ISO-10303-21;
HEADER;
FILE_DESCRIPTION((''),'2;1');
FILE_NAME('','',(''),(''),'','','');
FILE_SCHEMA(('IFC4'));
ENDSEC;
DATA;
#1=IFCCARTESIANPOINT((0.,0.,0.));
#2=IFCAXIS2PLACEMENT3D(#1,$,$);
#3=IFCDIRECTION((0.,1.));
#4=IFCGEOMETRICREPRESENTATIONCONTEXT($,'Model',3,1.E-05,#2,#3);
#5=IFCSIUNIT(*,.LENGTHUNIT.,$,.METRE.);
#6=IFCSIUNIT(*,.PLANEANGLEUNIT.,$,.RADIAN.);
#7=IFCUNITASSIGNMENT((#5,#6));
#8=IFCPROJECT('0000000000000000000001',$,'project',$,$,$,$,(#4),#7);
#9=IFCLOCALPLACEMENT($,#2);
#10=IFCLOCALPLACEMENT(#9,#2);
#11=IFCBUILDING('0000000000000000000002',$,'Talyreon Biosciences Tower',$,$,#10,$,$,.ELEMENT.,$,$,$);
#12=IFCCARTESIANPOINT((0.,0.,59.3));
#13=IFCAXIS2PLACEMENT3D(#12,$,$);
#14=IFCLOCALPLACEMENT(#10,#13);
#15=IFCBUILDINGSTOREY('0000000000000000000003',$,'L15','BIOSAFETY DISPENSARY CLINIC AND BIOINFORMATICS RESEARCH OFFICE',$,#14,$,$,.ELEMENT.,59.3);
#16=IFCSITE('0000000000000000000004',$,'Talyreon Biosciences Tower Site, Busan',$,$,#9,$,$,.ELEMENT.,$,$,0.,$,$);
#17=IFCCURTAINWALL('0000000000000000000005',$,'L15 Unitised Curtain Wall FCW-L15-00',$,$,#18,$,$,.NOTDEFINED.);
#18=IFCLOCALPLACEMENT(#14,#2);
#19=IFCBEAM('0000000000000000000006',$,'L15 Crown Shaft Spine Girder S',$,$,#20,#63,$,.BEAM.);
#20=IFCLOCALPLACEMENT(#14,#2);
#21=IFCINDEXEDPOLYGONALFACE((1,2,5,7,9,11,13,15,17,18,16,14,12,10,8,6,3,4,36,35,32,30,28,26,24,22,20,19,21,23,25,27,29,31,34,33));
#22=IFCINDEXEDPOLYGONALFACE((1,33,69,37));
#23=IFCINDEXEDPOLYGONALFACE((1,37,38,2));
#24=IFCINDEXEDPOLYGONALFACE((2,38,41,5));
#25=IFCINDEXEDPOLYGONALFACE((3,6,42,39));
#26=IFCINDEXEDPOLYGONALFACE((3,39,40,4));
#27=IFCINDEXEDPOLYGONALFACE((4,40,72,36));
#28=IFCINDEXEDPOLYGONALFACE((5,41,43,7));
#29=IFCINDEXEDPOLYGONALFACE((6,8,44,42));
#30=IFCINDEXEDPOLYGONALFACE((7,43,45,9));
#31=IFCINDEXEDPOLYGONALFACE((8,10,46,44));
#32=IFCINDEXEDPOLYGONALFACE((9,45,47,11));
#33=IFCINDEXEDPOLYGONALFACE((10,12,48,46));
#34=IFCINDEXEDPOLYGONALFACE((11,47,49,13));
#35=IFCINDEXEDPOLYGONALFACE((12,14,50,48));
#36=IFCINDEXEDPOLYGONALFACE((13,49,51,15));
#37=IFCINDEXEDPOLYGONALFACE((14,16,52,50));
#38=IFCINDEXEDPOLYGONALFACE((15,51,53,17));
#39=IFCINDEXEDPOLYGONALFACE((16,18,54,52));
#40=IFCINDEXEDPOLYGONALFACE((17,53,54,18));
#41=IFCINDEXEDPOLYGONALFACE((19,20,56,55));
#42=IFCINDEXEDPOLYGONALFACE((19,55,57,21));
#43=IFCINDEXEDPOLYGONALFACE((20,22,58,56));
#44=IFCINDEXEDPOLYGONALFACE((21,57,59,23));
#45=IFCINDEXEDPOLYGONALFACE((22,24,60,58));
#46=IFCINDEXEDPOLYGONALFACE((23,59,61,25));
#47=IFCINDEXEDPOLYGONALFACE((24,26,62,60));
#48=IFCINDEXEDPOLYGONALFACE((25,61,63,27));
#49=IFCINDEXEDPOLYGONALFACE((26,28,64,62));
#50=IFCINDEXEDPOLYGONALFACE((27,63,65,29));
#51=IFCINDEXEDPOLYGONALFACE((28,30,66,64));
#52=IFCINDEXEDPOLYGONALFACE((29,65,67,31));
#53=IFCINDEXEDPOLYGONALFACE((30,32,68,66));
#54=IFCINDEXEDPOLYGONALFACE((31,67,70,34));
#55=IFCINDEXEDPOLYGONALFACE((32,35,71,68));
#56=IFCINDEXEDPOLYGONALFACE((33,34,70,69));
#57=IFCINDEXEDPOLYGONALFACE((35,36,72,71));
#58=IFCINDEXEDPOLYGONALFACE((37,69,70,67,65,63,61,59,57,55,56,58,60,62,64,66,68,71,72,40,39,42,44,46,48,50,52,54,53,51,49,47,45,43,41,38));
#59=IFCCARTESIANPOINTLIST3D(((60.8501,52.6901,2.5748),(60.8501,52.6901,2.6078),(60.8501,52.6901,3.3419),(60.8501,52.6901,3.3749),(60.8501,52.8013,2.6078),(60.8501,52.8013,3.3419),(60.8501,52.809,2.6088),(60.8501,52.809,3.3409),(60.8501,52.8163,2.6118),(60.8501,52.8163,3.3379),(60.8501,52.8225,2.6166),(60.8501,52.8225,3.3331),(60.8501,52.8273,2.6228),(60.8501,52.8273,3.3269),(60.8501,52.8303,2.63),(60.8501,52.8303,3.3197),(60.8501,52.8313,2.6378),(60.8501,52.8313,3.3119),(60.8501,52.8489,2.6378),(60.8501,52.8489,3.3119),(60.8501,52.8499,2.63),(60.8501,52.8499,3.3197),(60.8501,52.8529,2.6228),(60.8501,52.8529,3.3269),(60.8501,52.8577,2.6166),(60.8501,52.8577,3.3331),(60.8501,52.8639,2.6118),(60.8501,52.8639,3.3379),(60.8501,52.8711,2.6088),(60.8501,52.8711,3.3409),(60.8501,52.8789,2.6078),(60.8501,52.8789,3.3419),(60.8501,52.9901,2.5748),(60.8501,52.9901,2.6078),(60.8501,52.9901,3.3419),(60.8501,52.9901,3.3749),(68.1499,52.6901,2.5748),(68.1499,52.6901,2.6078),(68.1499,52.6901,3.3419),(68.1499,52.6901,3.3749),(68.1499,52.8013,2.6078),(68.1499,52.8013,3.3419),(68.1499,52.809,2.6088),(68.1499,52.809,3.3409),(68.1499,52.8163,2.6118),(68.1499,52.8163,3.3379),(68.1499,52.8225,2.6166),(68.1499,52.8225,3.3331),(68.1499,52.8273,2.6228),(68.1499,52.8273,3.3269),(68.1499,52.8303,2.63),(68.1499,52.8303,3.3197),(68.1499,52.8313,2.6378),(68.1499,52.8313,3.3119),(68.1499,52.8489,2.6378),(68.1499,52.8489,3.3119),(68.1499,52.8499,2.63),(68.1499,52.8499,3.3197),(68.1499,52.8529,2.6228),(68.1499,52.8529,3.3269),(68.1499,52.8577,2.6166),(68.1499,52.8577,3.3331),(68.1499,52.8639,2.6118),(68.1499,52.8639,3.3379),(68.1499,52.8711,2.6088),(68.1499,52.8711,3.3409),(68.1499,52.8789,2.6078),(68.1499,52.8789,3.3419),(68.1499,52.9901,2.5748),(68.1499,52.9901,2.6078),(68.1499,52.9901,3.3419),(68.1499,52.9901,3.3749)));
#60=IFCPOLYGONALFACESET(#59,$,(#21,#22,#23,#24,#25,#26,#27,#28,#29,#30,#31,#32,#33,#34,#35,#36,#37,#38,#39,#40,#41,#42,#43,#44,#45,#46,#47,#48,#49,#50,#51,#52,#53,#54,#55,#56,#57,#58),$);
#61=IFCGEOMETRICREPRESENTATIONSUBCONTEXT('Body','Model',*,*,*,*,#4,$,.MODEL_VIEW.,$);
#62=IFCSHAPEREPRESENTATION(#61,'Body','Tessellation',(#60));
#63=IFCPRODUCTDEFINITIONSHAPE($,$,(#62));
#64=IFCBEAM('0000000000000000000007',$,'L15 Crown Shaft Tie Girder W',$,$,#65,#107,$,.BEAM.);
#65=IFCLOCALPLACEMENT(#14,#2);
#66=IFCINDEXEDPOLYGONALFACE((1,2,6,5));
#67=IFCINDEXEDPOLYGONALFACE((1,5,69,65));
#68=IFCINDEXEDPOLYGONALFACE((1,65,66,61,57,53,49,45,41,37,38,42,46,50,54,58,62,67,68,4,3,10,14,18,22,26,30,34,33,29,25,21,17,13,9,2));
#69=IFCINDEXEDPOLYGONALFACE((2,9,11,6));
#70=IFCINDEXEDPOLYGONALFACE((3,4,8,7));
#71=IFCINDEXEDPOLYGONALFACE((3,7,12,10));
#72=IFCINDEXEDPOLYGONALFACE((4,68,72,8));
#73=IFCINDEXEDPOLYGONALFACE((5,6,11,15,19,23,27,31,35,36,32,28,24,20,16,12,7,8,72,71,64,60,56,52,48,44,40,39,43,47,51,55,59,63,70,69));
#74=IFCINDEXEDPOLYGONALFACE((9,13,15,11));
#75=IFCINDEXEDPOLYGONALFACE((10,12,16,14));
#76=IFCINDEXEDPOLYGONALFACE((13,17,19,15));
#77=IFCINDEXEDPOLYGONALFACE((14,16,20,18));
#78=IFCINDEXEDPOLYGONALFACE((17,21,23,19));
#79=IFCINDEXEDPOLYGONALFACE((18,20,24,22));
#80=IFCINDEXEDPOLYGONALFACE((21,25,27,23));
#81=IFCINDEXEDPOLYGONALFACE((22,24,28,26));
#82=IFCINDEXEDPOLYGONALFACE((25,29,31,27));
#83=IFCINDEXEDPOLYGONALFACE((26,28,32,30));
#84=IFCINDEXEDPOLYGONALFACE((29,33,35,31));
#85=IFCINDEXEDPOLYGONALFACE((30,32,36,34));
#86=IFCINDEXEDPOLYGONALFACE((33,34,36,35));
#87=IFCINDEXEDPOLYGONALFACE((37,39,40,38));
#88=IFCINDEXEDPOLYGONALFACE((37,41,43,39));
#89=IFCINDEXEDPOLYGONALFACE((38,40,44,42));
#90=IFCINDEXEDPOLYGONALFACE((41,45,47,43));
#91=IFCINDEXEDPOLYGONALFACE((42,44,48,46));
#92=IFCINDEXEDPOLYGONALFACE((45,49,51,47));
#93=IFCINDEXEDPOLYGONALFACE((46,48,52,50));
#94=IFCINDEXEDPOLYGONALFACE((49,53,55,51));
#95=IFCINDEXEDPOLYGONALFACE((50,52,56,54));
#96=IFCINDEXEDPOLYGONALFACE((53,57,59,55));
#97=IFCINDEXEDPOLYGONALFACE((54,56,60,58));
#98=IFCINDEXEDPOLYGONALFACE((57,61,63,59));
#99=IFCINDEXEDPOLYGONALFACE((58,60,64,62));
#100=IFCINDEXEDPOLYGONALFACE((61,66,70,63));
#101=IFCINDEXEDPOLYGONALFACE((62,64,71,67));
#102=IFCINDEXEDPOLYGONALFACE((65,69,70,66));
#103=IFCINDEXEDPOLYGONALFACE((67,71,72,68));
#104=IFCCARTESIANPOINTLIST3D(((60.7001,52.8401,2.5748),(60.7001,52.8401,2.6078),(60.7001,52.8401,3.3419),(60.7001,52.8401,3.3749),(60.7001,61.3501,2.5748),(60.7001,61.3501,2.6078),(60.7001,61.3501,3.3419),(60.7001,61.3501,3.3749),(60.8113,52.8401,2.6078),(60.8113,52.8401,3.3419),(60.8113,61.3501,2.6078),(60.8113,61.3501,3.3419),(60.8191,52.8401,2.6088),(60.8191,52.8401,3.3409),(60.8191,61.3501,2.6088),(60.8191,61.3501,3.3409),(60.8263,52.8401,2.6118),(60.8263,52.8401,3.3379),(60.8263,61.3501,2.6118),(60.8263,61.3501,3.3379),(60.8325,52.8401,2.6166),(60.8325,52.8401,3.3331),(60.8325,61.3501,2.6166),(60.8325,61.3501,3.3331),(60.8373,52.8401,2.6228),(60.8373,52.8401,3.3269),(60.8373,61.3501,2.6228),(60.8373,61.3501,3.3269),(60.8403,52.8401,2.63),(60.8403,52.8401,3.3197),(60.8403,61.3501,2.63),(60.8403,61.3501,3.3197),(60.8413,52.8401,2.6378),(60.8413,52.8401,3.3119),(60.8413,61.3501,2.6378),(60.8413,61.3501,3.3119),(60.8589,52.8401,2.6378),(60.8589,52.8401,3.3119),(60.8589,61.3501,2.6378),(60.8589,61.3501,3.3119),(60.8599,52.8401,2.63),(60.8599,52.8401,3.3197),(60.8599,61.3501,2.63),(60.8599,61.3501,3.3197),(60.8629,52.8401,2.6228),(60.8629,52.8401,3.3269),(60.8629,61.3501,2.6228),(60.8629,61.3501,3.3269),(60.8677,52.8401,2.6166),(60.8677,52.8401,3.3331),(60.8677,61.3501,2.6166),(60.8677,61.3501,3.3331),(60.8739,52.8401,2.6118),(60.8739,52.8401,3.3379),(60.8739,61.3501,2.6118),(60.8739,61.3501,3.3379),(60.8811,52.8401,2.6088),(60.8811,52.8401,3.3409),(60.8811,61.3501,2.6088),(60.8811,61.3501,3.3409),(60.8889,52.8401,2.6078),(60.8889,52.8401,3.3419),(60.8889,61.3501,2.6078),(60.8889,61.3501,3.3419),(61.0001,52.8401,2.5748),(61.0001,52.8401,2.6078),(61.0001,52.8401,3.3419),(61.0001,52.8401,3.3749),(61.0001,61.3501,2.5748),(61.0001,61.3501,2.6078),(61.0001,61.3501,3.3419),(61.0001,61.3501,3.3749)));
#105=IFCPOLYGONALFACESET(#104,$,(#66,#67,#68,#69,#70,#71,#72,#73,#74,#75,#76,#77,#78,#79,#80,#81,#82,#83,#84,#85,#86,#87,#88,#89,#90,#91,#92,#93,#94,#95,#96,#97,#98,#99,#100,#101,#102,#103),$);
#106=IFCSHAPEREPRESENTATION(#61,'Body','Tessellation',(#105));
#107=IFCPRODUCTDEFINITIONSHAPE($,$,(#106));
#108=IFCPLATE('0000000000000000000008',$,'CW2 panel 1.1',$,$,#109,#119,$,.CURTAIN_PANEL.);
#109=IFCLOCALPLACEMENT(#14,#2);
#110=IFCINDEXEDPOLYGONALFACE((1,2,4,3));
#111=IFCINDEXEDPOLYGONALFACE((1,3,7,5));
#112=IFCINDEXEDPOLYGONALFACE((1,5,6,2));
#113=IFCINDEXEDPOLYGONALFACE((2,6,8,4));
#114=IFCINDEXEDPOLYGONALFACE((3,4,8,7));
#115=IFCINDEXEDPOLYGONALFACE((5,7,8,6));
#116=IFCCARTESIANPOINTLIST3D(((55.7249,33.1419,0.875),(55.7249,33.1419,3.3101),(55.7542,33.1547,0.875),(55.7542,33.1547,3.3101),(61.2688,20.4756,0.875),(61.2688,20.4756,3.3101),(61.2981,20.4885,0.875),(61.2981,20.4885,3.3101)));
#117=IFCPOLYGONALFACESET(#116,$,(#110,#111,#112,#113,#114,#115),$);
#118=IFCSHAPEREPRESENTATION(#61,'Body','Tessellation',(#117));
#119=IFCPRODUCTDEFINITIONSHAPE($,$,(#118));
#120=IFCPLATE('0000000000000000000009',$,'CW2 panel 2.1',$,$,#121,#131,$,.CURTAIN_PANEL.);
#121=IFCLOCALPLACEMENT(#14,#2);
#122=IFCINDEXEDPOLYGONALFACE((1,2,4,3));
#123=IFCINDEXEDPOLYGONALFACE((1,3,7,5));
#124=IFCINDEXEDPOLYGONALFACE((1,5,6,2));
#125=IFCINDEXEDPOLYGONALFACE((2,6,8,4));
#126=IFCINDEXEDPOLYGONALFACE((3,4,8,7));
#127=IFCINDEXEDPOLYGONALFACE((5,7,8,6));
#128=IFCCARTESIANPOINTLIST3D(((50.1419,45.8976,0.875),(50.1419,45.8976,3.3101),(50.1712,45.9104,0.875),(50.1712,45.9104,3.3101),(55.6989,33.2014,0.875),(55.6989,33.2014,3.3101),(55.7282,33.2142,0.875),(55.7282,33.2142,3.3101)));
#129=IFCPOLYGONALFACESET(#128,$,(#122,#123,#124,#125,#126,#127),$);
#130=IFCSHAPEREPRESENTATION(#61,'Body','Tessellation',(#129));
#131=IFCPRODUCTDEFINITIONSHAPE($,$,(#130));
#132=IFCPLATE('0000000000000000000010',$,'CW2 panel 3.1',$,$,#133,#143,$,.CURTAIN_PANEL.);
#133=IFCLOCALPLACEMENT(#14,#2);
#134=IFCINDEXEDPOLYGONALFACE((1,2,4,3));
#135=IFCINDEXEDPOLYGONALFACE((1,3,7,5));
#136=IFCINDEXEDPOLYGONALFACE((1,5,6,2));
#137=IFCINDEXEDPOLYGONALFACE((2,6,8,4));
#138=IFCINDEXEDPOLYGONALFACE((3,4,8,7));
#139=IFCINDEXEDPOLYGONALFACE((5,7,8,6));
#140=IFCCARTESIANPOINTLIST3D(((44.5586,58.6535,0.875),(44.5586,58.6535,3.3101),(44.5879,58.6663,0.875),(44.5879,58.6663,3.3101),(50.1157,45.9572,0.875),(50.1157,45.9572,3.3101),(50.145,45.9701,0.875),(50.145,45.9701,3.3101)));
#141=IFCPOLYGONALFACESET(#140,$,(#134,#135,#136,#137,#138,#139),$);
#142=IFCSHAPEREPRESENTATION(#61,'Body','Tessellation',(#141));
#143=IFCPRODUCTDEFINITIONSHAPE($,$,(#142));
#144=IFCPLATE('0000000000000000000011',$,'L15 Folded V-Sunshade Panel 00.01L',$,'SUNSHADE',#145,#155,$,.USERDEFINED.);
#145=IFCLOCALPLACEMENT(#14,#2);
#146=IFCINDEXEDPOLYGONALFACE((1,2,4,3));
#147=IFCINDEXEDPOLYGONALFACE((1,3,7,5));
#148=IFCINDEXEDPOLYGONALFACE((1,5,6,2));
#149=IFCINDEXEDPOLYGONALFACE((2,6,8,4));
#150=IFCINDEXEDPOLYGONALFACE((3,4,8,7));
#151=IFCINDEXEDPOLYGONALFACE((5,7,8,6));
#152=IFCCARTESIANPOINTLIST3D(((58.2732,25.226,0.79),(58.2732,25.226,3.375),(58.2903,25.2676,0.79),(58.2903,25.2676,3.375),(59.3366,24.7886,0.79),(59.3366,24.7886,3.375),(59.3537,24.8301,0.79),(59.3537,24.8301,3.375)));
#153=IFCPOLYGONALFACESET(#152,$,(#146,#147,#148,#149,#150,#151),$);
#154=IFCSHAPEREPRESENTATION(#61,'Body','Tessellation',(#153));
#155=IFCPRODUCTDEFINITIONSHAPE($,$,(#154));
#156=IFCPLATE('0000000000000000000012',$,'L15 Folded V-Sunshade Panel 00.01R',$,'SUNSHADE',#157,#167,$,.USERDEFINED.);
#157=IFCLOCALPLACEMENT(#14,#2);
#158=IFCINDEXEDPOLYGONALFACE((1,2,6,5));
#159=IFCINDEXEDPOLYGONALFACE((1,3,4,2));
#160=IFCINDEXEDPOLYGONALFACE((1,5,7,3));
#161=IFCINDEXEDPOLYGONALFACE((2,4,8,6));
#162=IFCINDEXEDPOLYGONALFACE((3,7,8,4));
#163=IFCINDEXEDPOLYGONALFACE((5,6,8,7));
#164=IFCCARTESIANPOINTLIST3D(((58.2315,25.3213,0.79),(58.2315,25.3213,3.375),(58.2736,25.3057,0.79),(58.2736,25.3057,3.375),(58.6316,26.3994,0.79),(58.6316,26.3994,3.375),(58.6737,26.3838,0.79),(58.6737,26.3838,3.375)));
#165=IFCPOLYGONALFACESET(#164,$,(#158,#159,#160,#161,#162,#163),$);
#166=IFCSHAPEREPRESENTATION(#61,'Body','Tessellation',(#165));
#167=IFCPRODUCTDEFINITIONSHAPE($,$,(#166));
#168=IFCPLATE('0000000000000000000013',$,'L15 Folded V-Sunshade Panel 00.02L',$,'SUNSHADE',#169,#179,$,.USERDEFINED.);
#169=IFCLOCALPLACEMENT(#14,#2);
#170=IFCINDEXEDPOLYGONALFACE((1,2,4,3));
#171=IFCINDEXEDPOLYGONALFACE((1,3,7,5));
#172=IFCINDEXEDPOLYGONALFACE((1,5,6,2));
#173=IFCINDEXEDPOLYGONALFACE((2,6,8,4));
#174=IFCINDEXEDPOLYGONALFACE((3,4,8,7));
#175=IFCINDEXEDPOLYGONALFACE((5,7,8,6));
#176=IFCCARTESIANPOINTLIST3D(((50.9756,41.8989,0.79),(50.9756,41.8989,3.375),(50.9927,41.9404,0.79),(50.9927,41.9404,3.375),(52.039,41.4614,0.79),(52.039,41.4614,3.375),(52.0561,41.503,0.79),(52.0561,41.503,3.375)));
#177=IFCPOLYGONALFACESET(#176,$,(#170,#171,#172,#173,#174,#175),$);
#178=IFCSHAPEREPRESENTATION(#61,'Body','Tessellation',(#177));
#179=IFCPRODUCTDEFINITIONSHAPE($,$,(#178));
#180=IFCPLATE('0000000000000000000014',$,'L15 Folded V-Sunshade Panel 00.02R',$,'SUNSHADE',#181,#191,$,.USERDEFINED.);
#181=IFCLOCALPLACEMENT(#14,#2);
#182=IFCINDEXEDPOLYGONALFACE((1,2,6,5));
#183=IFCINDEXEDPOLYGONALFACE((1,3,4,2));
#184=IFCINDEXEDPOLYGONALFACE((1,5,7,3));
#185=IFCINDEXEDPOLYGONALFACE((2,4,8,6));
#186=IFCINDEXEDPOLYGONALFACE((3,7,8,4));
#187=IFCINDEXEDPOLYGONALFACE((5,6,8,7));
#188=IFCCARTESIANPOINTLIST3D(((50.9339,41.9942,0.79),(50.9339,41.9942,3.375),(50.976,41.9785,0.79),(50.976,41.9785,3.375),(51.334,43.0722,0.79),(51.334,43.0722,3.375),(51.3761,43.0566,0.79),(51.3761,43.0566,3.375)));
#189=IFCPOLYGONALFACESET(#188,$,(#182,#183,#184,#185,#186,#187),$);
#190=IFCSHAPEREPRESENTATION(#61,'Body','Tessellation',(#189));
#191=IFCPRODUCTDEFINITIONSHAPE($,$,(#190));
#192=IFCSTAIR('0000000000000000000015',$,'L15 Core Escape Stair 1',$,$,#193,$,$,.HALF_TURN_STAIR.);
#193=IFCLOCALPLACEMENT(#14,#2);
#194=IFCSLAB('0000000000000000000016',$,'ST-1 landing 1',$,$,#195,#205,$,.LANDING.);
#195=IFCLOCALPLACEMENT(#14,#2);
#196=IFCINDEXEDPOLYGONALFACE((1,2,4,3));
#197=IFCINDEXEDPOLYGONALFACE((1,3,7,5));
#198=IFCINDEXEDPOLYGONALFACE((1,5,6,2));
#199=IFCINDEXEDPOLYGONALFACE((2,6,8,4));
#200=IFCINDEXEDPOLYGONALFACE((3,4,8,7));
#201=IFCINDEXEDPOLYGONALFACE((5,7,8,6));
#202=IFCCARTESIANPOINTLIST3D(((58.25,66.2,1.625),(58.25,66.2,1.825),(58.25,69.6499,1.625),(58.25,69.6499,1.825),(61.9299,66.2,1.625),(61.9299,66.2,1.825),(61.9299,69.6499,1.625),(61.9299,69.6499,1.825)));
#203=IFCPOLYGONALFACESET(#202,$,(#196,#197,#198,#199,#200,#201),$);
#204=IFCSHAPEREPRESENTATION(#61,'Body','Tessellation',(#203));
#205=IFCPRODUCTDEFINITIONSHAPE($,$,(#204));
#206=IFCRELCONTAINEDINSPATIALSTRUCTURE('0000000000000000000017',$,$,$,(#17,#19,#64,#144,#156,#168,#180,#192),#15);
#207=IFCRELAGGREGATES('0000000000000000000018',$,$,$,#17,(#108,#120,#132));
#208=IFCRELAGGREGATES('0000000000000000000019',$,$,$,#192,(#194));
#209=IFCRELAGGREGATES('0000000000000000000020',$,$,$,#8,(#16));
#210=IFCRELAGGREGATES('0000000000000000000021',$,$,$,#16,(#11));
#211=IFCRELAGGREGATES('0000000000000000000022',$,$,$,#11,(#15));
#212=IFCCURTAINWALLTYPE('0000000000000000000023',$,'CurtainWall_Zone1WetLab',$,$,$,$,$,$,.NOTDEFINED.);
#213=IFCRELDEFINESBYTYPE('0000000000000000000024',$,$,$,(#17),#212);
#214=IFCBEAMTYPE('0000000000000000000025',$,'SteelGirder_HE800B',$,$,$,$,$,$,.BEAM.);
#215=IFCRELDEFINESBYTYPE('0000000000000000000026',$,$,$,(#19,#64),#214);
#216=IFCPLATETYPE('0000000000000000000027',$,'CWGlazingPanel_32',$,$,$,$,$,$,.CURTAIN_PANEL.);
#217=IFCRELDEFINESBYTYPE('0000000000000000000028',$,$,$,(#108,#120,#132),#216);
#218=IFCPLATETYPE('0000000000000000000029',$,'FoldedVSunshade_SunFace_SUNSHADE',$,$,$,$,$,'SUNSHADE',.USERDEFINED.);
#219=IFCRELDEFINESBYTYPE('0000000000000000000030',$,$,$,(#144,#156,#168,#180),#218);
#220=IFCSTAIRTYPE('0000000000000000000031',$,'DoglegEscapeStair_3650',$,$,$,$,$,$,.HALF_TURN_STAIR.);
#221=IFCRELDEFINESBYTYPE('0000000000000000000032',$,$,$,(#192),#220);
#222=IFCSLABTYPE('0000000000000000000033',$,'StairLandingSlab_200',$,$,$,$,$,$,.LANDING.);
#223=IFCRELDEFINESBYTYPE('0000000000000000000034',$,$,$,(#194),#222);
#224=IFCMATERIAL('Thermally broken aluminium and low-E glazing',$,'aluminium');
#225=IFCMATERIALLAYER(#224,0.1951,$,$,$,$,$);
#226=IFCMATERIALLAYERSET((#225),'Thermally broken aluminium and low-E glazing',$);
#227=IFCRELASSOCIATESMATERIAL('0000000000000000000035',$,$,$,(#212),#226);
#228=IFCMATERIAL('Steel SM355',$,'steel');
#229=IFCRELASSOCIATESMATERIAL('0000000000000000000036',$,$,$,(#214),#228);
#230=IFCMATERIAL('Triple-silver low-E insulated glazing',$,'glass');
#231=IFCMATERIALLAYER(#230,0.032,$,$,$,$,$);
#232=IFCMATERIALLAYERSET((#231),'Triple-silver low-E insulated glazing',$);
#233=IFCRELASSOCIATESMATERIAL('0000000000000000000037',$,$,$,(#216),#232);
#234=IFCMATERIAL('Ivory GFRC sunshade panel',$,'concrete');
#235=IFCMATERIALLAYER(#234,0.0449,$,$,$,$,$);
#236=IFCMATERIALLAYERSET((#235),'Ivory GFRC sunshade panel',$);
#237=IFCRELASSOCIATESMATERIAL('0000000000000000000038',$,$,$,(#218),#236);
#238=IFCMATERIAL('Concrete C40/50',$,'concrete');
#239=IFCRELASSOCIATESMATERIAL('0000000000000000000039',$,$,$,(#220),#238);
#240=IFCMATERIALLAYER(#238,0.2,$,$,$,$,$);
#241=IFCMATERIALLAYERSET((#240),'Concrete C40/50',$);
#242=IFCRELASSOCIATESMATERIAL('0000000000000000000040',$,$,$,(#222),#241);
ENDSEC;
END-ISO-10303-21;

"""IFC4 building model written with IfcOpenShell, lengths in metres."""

from ifc_helpers import new_model, si_unit, direction, frame, origin, origin_2d, place, context, subcontext, project, spatial, polyline, rectangle, i_section, outline, extrude, material, layer, layer_set, material_profile, profile_set, type_object, element, aggregate, save


model = new_model("IFC4")

# Units and contexts
model_context = context("Model", 3, precision=1e-05, world=origin(), true_north=direction((0.0, 1.0)))
body_context = subcontext(model_context, "Body", "Model", "MODEL_VIEW")
ifc_project = project(units=[si_unit("LENGTHUNIT", "METRE"), si_unit("PLANEANGLEUNIT", "RADIAN")], contexts=[model_context])

# Site, building, storey
site_placement = place(None, origin())
site = spatial("IfcSite", under=ifc_project, at=site_placement, Name="Talyreon Biosciences Tower Site, Busan", CompositionType="ELEMENT", RefElevation=0.0)
building_placement = place(site_placement, origin())
building = spatial("IfcBuilding", under=site, at=building_placement, Name="Talyreon Biosciences Tower", CompositionType="ELEMENT")
storey_placement = place(building_placement, frame((0.0, 0.0, 59.3)))
storey = spatial("IfcBuildingStorey", under=building, at=storey_placement, Name="L15", Description="BIOSAFETY DISPENSARY CLINIC AND BIOINFORMATICS RESEARCH OFFICE", CompositionType="ELEMENT", Elevation=59.3)

# Curtain wall
ifc_material_1 = material(Name="Thermally broken aluminium and low-E glazing", Category="aluminium")
ifc_layer_1 = layer(ifc_material_1, 0.1951)
ifc_layer_set_1 = layer_set([ifc_layer_1], Name="Thermally broken aluminium and low-E glazing")
curtain_wall_type = type_object("IfcCurtainWallType", Name="CurtainWall_Zone1WetLab", PredefinedType="NOTDEFINED", material=ifc_layer_set_1)
curtain_wall_placement = place(storey_placement, origin())
curtain_wall = element("IfcCurtainWall", 1, at=curtain_wall_placement, inside=storey, type_object=curtain_wall_type, Name="L15 Unitised Curtain Wall FCW-L15-00", PredefinedType="NOTDEFINED")

# Beams
ifc_material_2 = material(Name="Steel SM355", Category="steel")
ifc_material_profile_1 = material_profile(ifc_material_2, i_section(OverallWidth=0.3, OverallDepth=0.8, WebThickness=0.0176, FlangeThickness=0.033, FilletRadius=0.03, at=origin_2d()), Name="HE800B")
ifc_profile_set_1 = profile_set([ifc_material_profile_1], Name="Steel SM355")
beam_type_1 = type_object("IfcBeamType", Name="SteelGirder_HE800B", PredefinedType="BEAM", material=ifc_profile_set_1)
beam_1_placement = place(storey_placement, frame((60.8501, 52.8401, 2.9749), z_axis=(1.0, 0.0, 0.0), x_axis=(0.0, 1.0, 0.0)))
element("IfcBeam", 2, at=beam_1_placement, inside=storey, type_object=beam_type_1, Name="L15 Crown Shaft Spine Girder S", PredefinedType="BEAM", context=body_context, shape_type="SweptSolid", body=[
    extrude(i_section(OverallWidth=0.3, OverallDepth=0.8, WebThickness=0.0176, FlangeThickness=0.033, FilletRadius=0.03, at=origin_2d()), origin(), (0.0, 0.0, 1.0), 7.2998),
])
beam_2_placement = place(storey_placement, frame((60.8501, 52.8401, 2.9749), z_axis=(0.0, 1.0, 0.0), x_axis=(-1.0, 0.0, 0.0)))
element("IfcBeam", 3, at=beam_2_placement, inside=storey, type_object=beam_type_1, Name="L15 Crown Shaft Tie Girder W", PredefinedType="BEAM", context=body_context, shape_type="SweptSolid", body=[
    extrude(i_section(OverallWidth=0.3, OverallDepth=0.8, WebThickness=0.0176, FlangeThickness=0.033, FilletRadius=0.03, at=origin_2d()), origin(), (0.0, 0.0, 1.0), 8.51),
])

# Plates
ifc_material_3 = material(Name="Triple-silver low-E insulated glazing", Category="glass")
ifc_layer_2 = layer(ifc_material_3, 0.032)
ifc_layer_set_2 = layer_set([ifc_layer_2], Name="Triple-silver low-E insulated glazing")
plate_type_1 = type_object("IfcPlateType", Name="CWGlazingPanel_32", PredefinedType="CURTAIN_PANEL", material=ifc_layer_set_2)
plate_1_placement = place(storey_placement, frame((58.5115, 26.8152, 0.875), z_axis=(0.0, 0.0, 1.0), x_axis=(-0.400968, 0.916092, 0.0)))
plate_1 = element("IfcPlate", 4, at=plate_1_placement, type_object=plate_type_1, Name="CW2 panel 1.1", PredefinedType="CURTAIN_PANEL", context=body_context, shape_type="SweptSolid", body=[
    extrude(rectangle(XDim=13.8264, YDim=0.032, at=origin_2d()), origin(), (0.0, 0.0, 1.0), 2.4351),
])
plate_2_placement = place(storey_placement, frame((52.9351, 39.5559, 0.875), z_axis=(0.0, 0.0, 1.0), x_axis=(-0.400968, 0.916092, 0.0)))
plate_2 = element("IfcPlate", 5, at=plate_2_placement, type_object=plate_type_1, Name="CW2 panel 2.1", PredefinedType="CURTAIN_PANEL", context=body_context, shape_type="SweptSolid", body=[
    extrude(rectangle(XDim=13.8591, YDim=0.032, at=origin_2d()), origin(), (0.0, 0.0, 1.0), 2.4351),
])
plate_3_placement = place(storey_placement, frame((47.3518, 52.3118, 0.875), z_axis=(0.0, 0.0, 1.0), x_axis=(-0.400968, 0.916092, 0.0)))
plate_3 = element("IfcPlate", 6, at=plate_3_placement, type_object=plate_type_1, Name="CW2 panel 3.1", PredefinedType="CURTAIN_PANEL", context=body_context, shape_type="SweptSolid", body=[
    extrude(rectangle(XDim=13.8591, YDim=0.032, at=origin_2d()), origin(), (0.0, 0.0, 1.0), 2.4351),
])
aggregate(curtain_wall, [plate_1, plate_2, plate_3])

# Plates
ifc_material_4 = material(Name="Ivory GFRC sunshade panel", Category="concrete")
ifc_layer_3 = layer(ifc_material_4, 0.0449)
ifc_layer_set_3 = layer_set([ifc_layer_3], Name="Ivory GFRC sunshade panel")
plate_type_2 = type_object("IfcPlateType", Name="FoldedVSunshade_SunFace_SUNSHADE", ElementType="SUNSHADE", PredefinedType="USERDEFINED", material=ifc_layer_set_3)
for number, where, z_axis, x_axis, name in (
    (7, (58.8135, 25.0281, 0.79), (0.0, 0.0, 1.0), (-0.924805, 0.380441, 0.0), "L15 Folded V-Sunshade Panel 00.01L"),
    (8, (58.4526, 25.8525, 0.79), (0.0, 0.0, 1.0), (0.347934, 0.937519, 0.0), "L15 Folded V-Sunshade Panel 00.01R"),
    (9, (51.5159, 41.7009, 0.79), (0.0, 0.0, 1.0), (-0.924805, 0.380441, 0.0), "L15 Folded V-Sunshade Panel 00.02L"),
    (10, (51.155, 42.5254, 0.79), (0.0, 0.0, 1.0), (0.347934, 0.937519, 0.0), "L15 Folded V-Sunshade Panel 00.02R"),
):
    element("IfcPlate", number, at=place(storey_placement, frame(where, z_axis=z_axis, x_axis=x_axis)), inside=storey, type_object=plate_type_2, Name=name, ObjectType="SUNSHADE", PredefinedType="USERDEFINED", context=body_context, shape_type="SweptSolid", body=[
        extrude(rectangle(XDim=1.1499, YDim=0.0449, at=origin_2d()), origin(), (0.0, 0.0, 1.0), 2.585),
    ])

# Stair, slab
ifc_material_5 = material(Name="Concrete C40/50", Category="concrete")
stair_type = type_object("IfcStairType", Name="DoglegEscapeStair_3650", PredefinedType="HALF_TURN_STAIR", material=ifc_material_5)
stair_1_placement = place(storey_placement, origin())
stair_1 = element("IfcStair", 11, at=stair_1_placement, inside=storey, type_object=stair_type, Name="L15 Core Escape Stair 1", PredefinedType="HALF_TURN_STAIR")
ifc_layer_4 = layer(ifc_material_5, 0.2)
ifc_layer_set_4 = layer_set([ifc_layer_4], Name="Concrete C40/50")
slab_type_1 = type_object("IfcSlabType", Name="StairLandingSlab_200", PredefinedType="LANDING", material=ifc_layer_set_4)
slab_1_placement = place(storey_placement, frame((0.0, 0.0, 1.625)))
slab_1 = element("IfcSlab", 12, at=slab_1_placement, type_object=slab_type_1, Name="ST-1 landing 1", PredefinedType="LANDING", context=body_context, shape_type="SweptSolid", body=[
    extrude(outline(polyline([(61.9299, 66.2), (61.9299, 69.6499), (58.25, 69.6499), (58.25, 66.2), (61.9299, 66.2)])), origin(), (0.0, 0.0, 1.0), 0.2),
])
aggregate(stair_1, [slab_1])

save(model, "model.ifc")
